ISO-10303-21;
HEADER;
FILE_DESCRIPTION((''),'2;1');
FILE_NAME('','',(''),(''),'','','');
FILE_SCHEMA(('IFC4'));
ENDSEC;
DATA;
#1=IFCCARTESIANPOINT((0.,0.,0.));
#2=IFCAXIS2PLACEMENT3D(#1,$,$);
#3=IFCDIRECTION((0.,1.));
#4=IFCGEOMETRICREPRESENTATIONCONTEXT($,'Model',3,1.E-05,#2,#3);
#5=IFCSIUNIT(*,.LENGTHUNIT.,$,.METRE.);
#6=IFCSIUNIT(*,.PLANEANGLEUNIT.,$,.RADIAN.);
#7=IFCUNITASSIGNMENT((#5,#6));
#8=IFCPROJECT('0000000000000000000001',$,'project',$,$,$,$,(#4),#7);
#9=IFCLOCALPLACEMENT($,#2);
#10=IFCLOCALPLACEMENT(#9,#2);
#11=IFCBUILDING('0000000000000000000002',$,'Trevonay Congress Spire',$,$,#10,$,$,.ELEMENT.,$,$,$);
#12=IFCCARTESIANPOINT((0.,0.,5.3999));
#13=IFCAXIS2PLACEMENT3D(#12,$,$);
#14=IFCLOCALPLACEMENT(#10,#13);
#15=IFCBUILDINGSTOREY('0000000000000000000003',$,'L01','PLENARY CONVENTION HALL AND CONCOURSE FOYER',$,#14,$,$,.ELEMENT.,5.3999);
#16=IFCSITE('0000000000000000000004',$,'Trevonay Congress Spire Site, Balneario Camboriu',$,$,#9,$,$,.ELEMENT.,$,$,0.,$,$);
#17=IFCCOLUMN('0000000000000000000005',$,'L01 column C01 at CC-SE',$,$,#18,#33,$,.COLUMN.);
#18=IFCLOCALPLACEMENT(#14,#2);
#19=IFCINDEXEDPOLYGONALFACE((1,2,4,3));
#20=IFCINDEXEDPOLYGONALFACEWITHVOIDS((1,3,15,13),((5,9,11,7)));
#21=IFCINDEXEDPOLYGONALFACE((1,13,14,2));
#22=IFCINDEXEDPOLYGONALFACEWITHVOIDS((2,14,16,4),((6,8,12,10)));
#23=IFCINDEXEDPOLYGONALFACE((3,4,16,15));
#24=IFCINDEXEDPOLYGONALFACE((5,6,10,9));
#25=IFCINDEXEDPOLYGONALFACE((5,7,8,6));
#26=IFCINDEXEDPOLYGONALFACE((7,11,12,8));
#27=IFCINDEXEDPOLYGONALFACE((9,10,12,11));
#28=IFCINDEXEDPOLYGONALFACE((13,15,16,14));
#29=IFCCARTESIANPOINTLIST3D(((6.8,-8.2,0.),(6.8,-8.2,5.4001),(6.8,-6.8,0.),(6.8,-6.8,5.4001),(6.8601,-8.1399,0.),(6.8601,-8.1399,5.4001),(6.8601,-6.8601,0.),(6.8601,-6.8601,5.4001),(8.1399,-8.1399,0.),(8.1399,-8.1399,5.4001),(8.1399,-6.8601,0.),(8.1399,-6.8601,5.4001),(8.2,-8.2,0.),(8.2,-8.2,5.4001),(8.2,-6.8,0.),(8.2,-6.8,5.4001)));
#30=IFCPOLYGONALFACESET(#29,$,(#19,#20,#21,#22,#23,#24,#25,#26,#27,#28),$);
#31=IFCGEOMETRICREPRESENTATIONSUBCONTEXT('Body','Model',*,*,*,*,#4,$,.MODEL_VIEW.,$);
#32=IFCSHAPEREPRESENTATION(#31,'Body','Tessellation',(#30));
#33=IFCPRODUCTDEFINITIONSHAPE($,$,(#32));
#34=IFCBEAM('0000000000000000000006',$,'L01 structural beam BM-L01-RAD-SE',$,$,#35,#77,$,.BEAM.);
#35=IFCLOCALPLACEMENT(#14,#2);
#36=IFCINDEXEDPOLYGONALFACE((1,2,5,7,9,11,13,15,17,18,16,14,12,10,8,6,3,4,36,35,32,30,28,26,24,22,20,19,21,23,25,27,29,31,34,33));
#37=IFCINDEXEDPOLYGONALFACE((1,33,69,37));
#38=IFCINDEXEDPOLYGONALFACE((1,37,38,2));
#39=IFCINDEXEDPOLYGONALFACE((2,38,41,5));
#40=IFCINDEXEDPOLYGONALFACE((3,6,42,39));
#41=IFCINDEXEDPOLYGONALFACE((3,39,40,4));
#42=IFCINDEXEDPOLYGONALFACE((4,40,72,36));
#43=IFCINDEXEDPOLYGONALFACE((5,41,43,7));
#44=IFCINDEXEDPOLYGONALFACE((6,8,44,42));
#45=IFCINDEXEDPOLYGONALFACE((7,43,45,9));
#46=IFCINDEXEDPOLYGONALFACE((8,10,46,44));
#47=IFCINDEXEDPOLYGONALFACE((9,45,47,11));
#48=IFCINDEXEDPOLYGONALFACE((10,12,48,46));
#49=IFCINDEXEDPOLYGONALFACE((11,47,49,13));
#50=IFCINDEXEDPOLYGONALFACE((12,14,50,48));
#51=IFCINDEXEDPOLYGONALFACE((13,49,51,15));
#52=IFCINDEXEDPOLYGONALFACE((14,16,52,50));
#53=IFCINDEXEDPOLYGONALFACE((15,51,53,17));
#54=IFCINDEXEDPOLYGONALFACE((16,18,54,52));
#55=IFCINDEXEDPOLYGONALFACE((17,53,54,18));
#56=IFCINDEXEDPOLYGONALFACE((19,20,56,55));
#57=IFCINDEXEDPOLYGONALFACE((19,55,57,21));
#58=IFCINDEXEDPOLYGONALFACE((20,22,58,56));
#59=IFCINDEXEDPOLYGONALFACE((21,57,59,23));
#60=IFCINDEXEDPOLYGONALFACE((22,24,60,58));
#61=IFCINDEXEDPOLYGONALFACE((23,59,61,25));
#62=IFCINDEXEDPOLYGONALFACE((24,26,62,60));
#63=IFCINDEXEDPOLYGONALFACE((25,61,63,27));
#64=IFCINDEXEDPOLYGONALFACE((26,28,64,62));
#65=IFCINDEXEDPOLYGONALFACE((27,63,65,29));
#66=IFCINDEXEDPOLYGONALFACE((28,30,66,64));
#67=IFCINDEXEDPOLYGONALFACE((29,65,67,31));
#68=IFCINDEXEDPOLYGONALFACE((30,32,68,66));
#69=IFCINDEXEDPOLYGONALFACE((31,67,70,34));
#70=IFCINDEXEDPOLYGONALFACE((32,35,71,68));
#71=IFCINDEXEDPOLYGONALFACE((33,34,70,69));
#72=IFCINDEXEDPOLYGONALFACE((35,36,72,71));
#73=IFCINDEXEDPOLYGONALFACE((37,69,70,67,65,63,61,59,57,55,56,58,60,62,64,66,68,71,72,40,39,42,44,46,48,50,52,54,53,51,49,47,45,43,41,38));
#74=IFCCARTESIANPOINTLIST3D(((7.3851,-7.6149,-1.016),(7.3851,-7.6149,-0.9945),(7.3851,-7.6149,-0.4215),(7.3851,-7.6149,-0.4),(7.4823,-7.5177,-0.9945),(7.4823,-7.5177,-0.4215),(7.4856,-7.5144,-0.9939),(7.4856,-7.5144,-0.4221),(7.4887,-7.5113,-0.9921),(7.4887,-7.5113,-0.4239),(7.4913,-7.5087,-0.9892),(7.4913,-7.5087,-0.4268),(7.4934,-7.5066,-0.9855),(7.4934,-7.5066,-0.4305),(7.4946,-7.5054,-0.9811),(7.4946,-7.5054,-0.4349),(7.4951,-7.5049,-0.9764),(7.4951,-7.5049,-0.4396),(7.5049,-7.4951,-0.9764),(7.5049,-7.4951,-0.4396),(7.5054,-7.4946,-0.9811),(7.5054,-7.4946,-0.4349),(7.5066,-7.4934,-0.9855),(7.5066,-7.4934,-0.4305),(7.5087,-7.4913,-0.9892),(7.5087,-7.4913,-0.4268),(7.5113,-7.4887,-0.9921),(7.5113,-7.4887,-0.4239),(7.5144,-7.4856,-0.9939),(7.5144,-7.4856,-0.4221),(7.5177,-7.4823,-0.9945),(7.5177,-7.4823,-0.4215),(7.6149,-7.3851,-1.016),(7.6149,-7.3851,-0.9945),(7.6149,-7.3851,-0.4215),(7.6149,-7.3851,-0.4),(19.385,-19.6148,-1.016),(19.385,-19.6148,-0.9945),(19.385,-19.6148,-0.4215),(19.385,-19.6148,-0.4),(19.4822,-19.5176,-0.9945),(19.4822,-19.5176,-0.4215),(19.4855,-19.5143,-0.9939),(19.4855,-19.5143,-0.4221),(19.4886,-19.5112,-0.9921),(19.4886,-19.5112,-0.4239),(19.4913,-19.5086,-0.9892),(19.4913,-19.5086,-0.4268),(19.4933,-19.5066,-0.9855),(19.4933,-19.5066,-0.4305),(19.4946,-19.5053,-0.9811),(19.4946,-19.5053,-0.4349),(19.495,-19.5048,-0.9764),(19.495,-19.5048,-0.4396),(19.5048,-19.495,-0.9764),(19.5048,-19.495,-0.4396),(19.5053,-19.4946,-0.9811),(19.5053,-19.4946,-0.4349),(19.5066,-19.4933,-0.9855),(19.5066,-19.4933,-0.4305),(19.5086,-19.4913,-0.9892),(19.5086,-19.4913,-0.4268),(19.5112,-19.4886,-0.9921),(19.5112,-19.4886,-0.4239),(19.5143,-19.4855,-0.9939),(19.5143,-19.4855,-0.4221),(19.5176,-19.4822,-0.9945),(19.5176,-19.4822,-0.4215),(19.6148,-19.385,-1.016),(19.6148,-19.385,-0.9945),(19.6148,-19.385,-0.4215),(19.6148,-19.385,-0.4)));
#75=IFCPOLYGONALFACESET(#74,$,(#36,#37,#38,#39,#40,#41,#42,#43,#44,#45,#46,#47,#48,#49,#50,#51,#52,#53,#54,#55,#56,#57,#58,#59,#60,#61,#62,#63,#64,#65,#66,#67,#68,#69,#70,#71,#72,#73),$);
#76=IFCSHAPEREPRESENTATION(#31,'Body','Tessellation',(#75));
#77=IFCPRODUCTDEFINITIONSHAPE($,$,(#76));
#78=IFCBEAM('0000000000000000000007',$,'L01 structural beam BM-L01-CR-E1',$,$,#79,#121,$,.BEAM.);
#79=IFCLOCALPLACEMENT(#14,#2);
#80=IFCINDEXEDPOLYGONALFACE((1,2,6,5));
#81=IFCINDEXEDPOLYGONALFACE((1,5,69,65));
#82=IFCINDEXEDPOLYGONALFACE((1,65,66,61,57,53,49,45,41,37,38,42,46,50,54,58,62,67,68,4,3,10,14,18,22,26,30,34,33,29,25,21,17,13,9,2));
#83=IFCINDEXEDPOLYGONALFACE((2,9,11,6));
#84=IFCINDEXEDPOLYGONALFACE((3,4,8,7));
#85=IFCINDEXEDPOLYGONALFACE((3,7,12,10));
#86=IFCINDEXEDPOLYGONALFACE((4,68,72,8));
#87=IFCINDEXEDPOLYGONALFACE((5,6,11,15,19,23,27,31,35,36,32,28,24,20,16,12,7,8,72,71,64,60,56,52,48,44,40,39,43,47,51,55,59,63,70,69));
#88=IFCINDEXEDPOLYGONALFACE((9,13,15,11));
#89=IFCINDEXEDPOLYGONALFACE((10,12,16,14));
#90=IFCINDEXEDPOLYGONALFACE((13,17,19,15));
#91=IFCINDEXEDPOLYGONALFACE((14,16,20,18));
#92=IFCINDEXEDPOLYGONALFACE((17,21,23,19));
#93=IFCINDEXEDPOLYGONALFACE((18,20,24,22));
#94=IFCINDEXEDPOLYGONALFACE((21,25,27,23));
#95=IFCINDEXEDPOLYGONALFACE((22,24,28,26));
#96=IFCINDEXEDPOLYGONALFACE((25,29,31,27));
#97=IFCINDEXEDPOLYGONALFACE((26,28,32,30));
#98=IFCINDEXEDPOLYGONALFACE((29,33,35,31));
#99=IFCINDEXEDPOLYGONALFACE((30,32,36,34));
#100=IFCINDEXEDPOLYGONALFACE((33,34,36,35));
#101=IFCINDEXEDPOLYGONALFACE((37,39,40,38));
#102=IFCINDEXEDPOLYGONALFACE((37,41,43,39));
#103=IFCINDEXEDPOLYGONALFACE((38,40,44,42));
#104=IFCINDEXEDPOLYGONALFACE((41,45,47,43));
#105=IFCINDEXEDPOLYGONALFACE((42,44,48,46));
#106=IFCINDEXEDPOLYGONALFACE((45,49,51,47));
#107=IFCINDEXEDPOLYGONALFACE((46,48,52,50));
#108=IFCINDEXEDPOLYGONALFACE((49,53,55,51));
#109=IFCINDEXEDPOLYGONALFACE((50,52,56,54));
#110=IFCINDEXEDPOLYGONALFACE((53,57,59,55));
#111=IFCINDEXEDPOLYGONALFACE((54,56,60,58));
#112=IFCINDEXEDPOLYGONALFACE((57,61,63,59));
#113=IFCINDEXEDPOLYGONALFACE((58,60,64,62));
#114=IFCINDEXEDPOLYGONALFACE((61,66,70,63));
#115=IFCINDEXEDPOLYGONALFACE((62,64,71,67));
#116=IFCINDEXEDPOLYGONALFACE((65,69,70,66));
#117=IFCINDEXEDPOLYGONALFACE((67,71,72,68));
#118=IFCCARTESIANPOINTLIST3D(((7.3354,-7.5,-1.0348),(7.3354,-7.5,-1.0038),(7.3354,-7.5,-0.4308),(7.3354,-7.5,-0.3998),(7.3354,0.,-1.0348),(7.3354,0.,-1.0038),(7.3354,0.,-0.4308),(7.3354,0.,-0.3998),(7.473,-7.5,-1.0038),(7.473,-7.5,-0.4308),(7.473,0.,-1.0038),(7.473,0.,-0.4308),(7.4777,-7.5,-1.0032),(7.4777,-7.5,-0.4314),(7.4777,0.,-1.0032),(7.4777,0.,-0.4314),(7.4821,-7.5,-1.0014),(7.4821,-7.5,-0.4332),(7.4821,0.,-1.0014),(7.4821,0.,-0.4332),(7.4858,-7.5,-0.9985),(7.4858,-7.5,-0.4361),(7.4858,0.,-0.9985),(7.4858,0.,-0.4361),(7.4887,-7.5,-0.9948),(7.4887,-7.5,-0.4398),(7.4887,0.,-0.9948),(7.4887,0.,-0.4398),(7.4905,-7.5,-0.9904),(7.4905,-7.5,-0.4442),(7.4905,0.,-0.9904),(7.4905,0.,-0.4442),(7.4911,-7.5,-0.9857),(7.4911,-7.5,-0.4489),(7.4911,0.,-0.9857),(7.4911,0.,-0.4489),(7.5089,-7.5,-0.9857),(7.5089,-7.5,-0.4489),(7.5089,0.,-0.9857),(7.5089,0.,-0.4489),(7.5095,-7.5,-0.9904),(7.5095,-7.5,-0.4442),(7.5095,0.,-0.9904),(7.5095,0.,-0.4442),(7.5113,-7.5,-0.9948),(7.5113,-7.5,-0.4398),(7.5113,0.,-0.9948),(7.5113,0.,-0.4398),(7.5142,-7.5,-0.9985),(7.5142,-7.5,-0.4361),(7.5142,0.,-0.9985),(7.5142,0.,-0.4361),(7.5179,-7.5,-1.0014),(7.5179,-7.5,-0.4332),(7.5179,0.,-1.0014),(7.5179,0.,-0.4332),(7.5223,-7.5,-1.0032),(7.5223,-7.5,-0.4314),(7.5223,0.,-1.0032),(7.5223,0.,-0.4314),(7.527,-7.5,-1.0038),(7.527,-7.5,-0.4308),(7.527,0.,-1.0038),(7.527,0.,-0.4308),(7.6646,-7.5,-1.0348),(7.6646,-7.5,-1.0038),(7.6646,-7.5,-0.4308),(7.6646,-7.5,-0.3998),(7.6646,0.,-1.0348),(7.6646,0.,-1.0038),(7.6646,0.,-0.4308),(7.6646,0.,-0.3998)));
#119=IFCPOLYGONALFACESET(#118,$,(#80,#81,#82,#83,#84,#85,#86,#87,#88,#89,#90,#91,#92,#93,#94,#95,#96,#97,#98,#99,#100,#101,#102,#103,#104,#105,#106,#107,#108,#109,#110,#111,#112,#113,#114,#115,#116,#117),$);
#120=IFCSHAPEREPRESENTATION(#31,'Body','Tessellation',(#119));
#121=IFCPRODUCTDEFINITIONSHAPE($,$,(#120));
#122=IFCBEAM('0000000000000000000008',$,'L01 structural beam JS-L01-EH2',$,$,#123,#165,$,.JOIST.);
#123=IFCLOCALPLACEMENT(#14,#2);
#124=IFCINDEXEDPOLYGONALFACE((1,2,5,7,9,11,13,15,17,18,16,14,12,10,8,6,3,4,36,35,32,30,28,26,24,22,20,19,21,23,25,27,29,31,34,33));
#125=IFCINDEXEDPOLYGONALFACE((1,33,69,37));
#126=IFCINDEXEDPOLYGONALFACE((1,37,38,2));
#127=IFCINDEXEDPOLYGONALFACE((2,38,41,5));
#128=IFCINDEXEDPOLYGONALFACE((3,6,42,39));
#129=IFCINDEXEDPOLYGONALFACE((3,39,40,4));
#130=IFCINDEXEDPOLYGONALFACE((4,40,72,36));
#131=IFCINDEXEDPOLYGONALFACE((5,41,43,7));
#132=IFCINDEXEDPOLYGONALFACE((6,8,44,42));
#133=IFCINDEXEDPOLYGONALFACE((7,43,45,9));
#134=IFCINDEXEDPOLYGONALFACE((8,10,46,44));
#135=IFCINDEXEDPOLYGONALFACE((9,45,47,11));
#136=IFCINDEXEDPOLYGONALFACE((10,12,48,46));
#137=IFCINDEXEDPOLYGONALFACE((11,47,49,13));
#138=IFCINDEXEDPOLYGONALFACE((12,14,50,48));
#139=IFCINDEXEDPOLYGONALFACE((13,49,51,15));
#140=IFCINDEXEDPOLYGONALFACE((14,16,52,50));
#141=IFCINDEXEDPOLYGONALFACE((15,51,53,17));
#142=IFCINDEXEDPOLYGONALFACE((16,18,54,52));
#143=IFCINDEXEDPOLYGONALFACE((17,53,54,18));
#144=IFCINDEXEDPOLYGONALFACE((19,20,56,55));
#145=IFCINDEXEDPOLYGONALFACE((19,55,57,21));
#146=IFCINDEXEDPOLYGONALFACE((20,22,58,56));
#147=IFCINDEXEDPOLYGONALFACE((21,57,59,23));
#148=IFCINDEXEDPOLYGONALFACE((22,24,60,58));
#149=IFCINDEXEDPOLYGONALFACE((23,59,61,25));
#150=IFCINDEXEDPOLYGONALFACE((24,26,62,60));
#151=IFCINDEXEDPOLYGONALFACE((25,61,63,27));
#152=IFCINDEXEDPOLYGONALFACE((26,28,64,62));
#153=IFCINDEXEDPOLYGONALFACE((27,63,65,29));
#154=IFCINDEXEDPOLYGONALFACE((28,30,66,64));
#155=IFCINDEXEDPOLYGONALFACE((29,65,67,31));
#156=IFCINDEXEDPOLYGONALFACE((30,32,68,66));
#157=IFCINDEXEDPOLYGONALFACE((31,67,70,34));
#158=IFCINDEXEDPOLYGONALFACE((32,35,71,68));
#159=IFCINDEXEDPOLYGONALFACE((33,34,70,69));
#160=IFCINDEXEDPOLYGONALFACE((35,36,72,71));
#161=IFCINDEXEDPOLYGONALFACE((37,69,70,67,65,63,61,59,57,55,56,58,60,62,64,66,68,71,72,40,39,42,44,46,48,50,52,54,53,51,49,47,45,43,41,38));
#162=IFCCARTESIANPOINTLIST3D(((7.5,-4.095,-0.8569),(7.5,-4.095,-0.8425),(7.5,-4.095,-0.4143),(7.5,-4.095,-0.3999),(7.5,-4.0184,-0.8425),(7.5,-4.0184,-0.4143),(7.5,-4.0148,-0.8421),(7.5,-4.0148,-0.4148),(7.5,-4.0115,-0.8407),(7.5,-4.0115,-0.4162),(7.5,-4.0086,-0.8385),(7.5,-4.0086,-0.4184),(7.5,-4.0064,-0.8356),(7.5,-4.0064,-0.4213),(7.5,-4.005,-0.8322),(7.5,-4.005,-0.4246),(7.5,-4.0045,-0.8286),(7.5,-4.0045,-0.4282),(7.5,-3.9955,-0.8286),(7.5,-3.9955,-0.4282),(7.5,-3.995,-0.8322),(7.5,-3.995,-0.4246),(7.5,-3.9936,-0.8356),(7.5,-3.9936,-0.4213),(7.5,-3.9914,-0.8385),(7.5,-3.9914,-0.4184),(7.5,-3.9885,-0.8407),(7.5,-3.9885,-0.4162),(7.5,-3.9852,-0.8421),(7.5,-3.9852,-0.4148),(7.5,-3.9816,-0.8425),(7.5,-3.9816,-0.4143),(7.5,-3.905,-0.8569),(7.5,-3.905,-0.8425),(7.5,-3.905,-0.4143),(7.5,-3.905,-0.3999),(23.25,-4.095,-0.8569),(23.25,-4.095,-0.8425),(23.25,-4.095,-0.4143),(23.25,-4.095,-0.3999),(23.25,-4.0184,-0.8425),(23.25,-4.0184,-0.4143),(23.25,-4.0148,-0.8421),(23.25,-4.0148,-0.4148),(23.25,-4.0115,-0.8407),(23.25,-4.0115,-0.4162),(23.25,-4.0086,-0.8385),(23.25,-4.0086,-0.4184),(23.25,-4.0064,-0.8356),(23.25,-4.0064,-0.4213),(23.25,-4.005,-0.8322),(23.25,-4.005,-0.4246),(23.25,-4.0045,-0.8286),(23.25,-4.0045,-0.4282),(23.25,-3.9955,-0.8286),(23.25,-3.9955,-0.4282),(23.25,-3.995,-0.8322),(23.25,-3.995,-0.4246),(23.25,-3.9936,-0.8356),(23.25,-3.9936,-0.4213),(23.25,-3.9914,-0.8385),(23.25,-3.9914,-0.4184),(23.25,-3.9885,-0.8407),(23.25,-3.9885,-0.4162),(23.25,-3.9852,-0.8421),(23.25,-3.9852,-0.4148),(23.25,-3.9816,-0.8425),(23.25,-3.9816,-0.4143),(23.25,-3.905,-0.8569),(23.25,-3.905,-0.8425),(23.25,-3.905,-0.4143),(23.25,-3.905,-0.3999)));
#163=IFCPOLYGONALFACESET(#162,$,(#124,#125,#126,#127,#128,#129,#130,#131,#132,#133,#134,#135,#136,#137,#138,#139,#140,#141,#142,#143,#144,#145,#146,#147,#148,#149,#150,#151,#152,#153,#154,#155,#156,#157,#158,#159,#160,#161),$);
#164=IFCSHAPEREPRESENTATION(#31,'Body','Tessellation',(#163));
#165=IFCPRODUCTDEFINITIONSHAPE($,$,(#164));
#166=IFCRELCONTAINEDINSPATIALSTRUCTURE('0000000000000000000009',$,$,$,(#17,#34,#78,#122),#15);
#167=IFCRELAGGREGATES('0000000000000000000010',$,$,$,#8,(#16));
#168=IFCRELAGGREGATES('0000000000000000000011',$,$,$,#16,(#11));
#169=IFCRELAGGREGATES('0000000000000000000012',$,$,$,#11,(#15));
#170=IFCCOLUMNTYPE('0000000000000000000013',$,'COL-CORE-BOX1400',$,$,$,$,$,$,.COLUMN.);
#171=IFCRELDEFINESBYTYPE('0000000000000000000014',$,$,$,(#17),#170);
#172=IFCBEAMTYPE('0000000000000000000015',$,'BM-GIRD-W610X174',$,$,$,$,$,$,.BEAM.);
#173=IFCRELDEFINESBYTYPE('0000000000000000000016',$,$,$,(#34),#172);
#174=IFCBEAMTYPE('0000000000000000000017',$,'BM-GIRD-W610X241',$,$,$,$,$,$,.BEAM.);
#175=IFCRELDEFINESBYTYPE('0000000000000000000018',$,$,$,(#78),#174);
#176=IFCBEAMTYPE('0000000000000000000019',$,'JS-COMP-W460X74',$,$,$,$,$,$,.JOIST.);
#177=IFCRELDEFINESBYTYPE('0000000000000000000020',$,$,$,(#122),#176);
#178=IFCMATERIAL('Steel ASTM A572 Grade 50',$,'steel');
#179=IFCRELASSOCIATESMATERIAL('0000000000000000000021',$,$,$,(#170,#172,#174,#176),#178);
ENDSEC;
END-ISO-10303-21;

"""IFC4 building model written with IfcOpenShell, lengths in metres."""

from ifc_helpers import new_model, si_unit, direction, frame, origin, origin_2d, place, context, subcontext, project, spatial, hollow_rectangle, i_section, extrude, material, material_profile, profile_set, type_object, element, save


model = new_model("IFC4")

# Units and contexts
model_context = context("Model", 3, precision=1e-05, world=origin(), true_north=direction((0.0, 1.0)))
body_context = subcontext(model_context, "Body", "Model", "MODEL_VIEW")
ifc_project = project(units=[si_unit("LENGTHUNIT", "METRE"), si_unit("PLANEANGLEUNIT", "RADIAN")], contexts=[model_context])

# Site, building, storey
site_placement = place(None, origin())
site = spatial("IfcSite", under=ifc_project, at=site_placement, Name="Trevonay Congress Spire Site, Balneario Camboriu", CompositionType="ELEMENT", RefElevation=0.0)
building_placement = place(site_placement, origin())
building = spatial("IfcBuilding", under=site, at=building_placement, Name="Trevonay Congress Spire", CompositionType="ELEMENT")
storey_placement = place(building_placement, frame((0.0, 0.0, 5.3999)))
storey = spatial("IfcBuildingStorey", under=building, at=storey_placement, Name="L01", Description="PLENARY CONVENTION HALL AND CONCOURSE FOYER", CompositionType="ELEMENT", Elevation=5.3999)

# Column
ifc_material_1 = material(Name="Steel ASTM A572 Grade 50", Category="steel")
ifc_material_profile_1 = material_profile(ifc_material_1, hollow_rectangle(XDim=1.3999, YDim=1.3999, WallThickness=0.0601, at=origin_2d()), Name="BOX 1400x1400x60")
ifc_profile_set_1 = profile_set([ifc_material_profile_1], Name="Steel ASTM A572 Grade 50")
column_type = type_object("IfcColumnType", Name="COL-CORE-BOX1400", PredefinedType="COLUMN", material=ifc_profile_set_1)
column_placement = place(storey_placement, frame((7.5, -7.5, 0.0), z_axis=(0.0, 0.0, 1.0), x_axis=(1.0, 0.0, 0.0)))
element("IfcColumn", 1, at=column_placement, inside=storey, type_object=column_type, Name="L01 column C01 at CC-SE", PredefinedType="COLUMN", context=body_context, shape_type="SweptSolid", body=[
    extrude(hollow_rectangle(XDim=1.3999, YDim=1.3999, WallThickness=0.0601, at=origin_2d()), origin(), (0.0, 0.0, 1.0), 5.4001),
])

# Beams
ifc_material_profile_2 = material_profile(ifc_material_1, i_section(OverallWidth=0.325, OverallDepth=0.616, WebThickness=0.0139, FlangeThickness=0.0215, FilletRadius=0.0181, at=origin_2d()), Name="W610x174")
ifc_profile_set_2 = profile_set([ifc_material_profile_2], Name="Steel ASTM A572 Grade 50")
beam_type_1 = type_object("IfcBeamType", Name="BM-GIRD-W610X174", PredefinedType="BEAM", material=ifc_profile_set_2)
beam_1_placement = place(storey_placement, frame((7.5, -7.5, -0.708), z_axis=(0.707107, -0.707107, 0.0), x_axis=(0.707107, 0.707107, 0.0)))
element("IfcBeam", 2, at=beam_1_placement, inside=storey, type_object=beam_type_1, Name="L01 structural beam BM-L01-RAD-SE", PredefinedType="BEAM", context=body_context, shape_type="SweptSolid", body=[
    extrude(i_section(OverallWidth=0.325, OverallDepth=0.616, WebThickness=0.0139, FlangeThickness=0.0215, FilletRadius=0.0181, at=origin_2d()), origin(), (0.0, 0.0, 1.0), 16.9705),
])
ifc_material_profile_3 = material_profile(ifc_material_1, i_section(OverallWidth=0.3291, OverallDepth=0.635, WebThickness=0.0178, FlangeThickness=0.031, FilletRadius=0.0181, at=origin_2d()), Name="W610x241")
ifc_profile_set_3 = profile_set([ifc_material_profile_3], Name="Steel ASTM A572 Grade 50")
beam_type_2 = type_object("IfcBeamType", Name="BM-GIRD-W610X241", PredefinedType="BEAM", material=ifc_profile_set_3)
beam_2_placement = place(storey_placement, frame((7.5, -7.5, -0.7173), z_axis=(0.0, 1.0, 0.0), x_axis=(-1.0, 0.0, 0.0)))
element("IfcBeam", 3, at=beam_2_placement, inside=storey, type_object=beam_type_2, Name="L01 structural beam BM-L01-CR-E1", PredefinedType="BEAM", context=body_context, shape_type="SweptSolid", body=[
    extrude(i_section(OverallWidth=0.3291, OverallDepth=0.635, WebThickness=0.0178, FlangeThickness=0.031, FilletRadius=0.0181, at=origin_2d()), origin(), (0.0, 0.0, 1.0), 7.5),
])
ifc_material_profile_4 = material_profile(ifc_material_1, i_section(OverallWidth=0.1899, OverallDepth=0.457, WebThickness=0.009, FlangeThickness=0.0144, FilletRadius=0.0139, at=origin_2d()), Name="W460x74")
ifc_profile_set_4 = profile_set([ifc_material_profile_4], Name="Steel ASTM A572 Grade 50")
beam_type_3 = type_object("IfcBeamType", Name="JS-COMP-W460X74", PredefinedType="JOIST", material=ifc_profile_set_4)
beam_3_placement = place(storey_placement, frame((7.5, -4.0, -0.6284), z_axis=(1.0, 0.0, 0.0), x_axis=(0.0, 1.0, 0.0)))
element("IfcBeam", 4, at=beam_3_placement, inside=storey, type_object=beam_type_3, Name="L01 structural beam JS-L01-EH2", PredefinedType="JOIST", context=body_context, shape_type="SweptSolid", body=[
    extrude(i_section(OverallWidth=0.1899, OverallDepth=0.457, WebThickness=0.009, FlangeThickness=0.0144, FilletRadius=0.0139, at=origin_2d()), origin(), (0.0, 0.0, 1.0), 15.75),
])

save(model, "model.ifc")
